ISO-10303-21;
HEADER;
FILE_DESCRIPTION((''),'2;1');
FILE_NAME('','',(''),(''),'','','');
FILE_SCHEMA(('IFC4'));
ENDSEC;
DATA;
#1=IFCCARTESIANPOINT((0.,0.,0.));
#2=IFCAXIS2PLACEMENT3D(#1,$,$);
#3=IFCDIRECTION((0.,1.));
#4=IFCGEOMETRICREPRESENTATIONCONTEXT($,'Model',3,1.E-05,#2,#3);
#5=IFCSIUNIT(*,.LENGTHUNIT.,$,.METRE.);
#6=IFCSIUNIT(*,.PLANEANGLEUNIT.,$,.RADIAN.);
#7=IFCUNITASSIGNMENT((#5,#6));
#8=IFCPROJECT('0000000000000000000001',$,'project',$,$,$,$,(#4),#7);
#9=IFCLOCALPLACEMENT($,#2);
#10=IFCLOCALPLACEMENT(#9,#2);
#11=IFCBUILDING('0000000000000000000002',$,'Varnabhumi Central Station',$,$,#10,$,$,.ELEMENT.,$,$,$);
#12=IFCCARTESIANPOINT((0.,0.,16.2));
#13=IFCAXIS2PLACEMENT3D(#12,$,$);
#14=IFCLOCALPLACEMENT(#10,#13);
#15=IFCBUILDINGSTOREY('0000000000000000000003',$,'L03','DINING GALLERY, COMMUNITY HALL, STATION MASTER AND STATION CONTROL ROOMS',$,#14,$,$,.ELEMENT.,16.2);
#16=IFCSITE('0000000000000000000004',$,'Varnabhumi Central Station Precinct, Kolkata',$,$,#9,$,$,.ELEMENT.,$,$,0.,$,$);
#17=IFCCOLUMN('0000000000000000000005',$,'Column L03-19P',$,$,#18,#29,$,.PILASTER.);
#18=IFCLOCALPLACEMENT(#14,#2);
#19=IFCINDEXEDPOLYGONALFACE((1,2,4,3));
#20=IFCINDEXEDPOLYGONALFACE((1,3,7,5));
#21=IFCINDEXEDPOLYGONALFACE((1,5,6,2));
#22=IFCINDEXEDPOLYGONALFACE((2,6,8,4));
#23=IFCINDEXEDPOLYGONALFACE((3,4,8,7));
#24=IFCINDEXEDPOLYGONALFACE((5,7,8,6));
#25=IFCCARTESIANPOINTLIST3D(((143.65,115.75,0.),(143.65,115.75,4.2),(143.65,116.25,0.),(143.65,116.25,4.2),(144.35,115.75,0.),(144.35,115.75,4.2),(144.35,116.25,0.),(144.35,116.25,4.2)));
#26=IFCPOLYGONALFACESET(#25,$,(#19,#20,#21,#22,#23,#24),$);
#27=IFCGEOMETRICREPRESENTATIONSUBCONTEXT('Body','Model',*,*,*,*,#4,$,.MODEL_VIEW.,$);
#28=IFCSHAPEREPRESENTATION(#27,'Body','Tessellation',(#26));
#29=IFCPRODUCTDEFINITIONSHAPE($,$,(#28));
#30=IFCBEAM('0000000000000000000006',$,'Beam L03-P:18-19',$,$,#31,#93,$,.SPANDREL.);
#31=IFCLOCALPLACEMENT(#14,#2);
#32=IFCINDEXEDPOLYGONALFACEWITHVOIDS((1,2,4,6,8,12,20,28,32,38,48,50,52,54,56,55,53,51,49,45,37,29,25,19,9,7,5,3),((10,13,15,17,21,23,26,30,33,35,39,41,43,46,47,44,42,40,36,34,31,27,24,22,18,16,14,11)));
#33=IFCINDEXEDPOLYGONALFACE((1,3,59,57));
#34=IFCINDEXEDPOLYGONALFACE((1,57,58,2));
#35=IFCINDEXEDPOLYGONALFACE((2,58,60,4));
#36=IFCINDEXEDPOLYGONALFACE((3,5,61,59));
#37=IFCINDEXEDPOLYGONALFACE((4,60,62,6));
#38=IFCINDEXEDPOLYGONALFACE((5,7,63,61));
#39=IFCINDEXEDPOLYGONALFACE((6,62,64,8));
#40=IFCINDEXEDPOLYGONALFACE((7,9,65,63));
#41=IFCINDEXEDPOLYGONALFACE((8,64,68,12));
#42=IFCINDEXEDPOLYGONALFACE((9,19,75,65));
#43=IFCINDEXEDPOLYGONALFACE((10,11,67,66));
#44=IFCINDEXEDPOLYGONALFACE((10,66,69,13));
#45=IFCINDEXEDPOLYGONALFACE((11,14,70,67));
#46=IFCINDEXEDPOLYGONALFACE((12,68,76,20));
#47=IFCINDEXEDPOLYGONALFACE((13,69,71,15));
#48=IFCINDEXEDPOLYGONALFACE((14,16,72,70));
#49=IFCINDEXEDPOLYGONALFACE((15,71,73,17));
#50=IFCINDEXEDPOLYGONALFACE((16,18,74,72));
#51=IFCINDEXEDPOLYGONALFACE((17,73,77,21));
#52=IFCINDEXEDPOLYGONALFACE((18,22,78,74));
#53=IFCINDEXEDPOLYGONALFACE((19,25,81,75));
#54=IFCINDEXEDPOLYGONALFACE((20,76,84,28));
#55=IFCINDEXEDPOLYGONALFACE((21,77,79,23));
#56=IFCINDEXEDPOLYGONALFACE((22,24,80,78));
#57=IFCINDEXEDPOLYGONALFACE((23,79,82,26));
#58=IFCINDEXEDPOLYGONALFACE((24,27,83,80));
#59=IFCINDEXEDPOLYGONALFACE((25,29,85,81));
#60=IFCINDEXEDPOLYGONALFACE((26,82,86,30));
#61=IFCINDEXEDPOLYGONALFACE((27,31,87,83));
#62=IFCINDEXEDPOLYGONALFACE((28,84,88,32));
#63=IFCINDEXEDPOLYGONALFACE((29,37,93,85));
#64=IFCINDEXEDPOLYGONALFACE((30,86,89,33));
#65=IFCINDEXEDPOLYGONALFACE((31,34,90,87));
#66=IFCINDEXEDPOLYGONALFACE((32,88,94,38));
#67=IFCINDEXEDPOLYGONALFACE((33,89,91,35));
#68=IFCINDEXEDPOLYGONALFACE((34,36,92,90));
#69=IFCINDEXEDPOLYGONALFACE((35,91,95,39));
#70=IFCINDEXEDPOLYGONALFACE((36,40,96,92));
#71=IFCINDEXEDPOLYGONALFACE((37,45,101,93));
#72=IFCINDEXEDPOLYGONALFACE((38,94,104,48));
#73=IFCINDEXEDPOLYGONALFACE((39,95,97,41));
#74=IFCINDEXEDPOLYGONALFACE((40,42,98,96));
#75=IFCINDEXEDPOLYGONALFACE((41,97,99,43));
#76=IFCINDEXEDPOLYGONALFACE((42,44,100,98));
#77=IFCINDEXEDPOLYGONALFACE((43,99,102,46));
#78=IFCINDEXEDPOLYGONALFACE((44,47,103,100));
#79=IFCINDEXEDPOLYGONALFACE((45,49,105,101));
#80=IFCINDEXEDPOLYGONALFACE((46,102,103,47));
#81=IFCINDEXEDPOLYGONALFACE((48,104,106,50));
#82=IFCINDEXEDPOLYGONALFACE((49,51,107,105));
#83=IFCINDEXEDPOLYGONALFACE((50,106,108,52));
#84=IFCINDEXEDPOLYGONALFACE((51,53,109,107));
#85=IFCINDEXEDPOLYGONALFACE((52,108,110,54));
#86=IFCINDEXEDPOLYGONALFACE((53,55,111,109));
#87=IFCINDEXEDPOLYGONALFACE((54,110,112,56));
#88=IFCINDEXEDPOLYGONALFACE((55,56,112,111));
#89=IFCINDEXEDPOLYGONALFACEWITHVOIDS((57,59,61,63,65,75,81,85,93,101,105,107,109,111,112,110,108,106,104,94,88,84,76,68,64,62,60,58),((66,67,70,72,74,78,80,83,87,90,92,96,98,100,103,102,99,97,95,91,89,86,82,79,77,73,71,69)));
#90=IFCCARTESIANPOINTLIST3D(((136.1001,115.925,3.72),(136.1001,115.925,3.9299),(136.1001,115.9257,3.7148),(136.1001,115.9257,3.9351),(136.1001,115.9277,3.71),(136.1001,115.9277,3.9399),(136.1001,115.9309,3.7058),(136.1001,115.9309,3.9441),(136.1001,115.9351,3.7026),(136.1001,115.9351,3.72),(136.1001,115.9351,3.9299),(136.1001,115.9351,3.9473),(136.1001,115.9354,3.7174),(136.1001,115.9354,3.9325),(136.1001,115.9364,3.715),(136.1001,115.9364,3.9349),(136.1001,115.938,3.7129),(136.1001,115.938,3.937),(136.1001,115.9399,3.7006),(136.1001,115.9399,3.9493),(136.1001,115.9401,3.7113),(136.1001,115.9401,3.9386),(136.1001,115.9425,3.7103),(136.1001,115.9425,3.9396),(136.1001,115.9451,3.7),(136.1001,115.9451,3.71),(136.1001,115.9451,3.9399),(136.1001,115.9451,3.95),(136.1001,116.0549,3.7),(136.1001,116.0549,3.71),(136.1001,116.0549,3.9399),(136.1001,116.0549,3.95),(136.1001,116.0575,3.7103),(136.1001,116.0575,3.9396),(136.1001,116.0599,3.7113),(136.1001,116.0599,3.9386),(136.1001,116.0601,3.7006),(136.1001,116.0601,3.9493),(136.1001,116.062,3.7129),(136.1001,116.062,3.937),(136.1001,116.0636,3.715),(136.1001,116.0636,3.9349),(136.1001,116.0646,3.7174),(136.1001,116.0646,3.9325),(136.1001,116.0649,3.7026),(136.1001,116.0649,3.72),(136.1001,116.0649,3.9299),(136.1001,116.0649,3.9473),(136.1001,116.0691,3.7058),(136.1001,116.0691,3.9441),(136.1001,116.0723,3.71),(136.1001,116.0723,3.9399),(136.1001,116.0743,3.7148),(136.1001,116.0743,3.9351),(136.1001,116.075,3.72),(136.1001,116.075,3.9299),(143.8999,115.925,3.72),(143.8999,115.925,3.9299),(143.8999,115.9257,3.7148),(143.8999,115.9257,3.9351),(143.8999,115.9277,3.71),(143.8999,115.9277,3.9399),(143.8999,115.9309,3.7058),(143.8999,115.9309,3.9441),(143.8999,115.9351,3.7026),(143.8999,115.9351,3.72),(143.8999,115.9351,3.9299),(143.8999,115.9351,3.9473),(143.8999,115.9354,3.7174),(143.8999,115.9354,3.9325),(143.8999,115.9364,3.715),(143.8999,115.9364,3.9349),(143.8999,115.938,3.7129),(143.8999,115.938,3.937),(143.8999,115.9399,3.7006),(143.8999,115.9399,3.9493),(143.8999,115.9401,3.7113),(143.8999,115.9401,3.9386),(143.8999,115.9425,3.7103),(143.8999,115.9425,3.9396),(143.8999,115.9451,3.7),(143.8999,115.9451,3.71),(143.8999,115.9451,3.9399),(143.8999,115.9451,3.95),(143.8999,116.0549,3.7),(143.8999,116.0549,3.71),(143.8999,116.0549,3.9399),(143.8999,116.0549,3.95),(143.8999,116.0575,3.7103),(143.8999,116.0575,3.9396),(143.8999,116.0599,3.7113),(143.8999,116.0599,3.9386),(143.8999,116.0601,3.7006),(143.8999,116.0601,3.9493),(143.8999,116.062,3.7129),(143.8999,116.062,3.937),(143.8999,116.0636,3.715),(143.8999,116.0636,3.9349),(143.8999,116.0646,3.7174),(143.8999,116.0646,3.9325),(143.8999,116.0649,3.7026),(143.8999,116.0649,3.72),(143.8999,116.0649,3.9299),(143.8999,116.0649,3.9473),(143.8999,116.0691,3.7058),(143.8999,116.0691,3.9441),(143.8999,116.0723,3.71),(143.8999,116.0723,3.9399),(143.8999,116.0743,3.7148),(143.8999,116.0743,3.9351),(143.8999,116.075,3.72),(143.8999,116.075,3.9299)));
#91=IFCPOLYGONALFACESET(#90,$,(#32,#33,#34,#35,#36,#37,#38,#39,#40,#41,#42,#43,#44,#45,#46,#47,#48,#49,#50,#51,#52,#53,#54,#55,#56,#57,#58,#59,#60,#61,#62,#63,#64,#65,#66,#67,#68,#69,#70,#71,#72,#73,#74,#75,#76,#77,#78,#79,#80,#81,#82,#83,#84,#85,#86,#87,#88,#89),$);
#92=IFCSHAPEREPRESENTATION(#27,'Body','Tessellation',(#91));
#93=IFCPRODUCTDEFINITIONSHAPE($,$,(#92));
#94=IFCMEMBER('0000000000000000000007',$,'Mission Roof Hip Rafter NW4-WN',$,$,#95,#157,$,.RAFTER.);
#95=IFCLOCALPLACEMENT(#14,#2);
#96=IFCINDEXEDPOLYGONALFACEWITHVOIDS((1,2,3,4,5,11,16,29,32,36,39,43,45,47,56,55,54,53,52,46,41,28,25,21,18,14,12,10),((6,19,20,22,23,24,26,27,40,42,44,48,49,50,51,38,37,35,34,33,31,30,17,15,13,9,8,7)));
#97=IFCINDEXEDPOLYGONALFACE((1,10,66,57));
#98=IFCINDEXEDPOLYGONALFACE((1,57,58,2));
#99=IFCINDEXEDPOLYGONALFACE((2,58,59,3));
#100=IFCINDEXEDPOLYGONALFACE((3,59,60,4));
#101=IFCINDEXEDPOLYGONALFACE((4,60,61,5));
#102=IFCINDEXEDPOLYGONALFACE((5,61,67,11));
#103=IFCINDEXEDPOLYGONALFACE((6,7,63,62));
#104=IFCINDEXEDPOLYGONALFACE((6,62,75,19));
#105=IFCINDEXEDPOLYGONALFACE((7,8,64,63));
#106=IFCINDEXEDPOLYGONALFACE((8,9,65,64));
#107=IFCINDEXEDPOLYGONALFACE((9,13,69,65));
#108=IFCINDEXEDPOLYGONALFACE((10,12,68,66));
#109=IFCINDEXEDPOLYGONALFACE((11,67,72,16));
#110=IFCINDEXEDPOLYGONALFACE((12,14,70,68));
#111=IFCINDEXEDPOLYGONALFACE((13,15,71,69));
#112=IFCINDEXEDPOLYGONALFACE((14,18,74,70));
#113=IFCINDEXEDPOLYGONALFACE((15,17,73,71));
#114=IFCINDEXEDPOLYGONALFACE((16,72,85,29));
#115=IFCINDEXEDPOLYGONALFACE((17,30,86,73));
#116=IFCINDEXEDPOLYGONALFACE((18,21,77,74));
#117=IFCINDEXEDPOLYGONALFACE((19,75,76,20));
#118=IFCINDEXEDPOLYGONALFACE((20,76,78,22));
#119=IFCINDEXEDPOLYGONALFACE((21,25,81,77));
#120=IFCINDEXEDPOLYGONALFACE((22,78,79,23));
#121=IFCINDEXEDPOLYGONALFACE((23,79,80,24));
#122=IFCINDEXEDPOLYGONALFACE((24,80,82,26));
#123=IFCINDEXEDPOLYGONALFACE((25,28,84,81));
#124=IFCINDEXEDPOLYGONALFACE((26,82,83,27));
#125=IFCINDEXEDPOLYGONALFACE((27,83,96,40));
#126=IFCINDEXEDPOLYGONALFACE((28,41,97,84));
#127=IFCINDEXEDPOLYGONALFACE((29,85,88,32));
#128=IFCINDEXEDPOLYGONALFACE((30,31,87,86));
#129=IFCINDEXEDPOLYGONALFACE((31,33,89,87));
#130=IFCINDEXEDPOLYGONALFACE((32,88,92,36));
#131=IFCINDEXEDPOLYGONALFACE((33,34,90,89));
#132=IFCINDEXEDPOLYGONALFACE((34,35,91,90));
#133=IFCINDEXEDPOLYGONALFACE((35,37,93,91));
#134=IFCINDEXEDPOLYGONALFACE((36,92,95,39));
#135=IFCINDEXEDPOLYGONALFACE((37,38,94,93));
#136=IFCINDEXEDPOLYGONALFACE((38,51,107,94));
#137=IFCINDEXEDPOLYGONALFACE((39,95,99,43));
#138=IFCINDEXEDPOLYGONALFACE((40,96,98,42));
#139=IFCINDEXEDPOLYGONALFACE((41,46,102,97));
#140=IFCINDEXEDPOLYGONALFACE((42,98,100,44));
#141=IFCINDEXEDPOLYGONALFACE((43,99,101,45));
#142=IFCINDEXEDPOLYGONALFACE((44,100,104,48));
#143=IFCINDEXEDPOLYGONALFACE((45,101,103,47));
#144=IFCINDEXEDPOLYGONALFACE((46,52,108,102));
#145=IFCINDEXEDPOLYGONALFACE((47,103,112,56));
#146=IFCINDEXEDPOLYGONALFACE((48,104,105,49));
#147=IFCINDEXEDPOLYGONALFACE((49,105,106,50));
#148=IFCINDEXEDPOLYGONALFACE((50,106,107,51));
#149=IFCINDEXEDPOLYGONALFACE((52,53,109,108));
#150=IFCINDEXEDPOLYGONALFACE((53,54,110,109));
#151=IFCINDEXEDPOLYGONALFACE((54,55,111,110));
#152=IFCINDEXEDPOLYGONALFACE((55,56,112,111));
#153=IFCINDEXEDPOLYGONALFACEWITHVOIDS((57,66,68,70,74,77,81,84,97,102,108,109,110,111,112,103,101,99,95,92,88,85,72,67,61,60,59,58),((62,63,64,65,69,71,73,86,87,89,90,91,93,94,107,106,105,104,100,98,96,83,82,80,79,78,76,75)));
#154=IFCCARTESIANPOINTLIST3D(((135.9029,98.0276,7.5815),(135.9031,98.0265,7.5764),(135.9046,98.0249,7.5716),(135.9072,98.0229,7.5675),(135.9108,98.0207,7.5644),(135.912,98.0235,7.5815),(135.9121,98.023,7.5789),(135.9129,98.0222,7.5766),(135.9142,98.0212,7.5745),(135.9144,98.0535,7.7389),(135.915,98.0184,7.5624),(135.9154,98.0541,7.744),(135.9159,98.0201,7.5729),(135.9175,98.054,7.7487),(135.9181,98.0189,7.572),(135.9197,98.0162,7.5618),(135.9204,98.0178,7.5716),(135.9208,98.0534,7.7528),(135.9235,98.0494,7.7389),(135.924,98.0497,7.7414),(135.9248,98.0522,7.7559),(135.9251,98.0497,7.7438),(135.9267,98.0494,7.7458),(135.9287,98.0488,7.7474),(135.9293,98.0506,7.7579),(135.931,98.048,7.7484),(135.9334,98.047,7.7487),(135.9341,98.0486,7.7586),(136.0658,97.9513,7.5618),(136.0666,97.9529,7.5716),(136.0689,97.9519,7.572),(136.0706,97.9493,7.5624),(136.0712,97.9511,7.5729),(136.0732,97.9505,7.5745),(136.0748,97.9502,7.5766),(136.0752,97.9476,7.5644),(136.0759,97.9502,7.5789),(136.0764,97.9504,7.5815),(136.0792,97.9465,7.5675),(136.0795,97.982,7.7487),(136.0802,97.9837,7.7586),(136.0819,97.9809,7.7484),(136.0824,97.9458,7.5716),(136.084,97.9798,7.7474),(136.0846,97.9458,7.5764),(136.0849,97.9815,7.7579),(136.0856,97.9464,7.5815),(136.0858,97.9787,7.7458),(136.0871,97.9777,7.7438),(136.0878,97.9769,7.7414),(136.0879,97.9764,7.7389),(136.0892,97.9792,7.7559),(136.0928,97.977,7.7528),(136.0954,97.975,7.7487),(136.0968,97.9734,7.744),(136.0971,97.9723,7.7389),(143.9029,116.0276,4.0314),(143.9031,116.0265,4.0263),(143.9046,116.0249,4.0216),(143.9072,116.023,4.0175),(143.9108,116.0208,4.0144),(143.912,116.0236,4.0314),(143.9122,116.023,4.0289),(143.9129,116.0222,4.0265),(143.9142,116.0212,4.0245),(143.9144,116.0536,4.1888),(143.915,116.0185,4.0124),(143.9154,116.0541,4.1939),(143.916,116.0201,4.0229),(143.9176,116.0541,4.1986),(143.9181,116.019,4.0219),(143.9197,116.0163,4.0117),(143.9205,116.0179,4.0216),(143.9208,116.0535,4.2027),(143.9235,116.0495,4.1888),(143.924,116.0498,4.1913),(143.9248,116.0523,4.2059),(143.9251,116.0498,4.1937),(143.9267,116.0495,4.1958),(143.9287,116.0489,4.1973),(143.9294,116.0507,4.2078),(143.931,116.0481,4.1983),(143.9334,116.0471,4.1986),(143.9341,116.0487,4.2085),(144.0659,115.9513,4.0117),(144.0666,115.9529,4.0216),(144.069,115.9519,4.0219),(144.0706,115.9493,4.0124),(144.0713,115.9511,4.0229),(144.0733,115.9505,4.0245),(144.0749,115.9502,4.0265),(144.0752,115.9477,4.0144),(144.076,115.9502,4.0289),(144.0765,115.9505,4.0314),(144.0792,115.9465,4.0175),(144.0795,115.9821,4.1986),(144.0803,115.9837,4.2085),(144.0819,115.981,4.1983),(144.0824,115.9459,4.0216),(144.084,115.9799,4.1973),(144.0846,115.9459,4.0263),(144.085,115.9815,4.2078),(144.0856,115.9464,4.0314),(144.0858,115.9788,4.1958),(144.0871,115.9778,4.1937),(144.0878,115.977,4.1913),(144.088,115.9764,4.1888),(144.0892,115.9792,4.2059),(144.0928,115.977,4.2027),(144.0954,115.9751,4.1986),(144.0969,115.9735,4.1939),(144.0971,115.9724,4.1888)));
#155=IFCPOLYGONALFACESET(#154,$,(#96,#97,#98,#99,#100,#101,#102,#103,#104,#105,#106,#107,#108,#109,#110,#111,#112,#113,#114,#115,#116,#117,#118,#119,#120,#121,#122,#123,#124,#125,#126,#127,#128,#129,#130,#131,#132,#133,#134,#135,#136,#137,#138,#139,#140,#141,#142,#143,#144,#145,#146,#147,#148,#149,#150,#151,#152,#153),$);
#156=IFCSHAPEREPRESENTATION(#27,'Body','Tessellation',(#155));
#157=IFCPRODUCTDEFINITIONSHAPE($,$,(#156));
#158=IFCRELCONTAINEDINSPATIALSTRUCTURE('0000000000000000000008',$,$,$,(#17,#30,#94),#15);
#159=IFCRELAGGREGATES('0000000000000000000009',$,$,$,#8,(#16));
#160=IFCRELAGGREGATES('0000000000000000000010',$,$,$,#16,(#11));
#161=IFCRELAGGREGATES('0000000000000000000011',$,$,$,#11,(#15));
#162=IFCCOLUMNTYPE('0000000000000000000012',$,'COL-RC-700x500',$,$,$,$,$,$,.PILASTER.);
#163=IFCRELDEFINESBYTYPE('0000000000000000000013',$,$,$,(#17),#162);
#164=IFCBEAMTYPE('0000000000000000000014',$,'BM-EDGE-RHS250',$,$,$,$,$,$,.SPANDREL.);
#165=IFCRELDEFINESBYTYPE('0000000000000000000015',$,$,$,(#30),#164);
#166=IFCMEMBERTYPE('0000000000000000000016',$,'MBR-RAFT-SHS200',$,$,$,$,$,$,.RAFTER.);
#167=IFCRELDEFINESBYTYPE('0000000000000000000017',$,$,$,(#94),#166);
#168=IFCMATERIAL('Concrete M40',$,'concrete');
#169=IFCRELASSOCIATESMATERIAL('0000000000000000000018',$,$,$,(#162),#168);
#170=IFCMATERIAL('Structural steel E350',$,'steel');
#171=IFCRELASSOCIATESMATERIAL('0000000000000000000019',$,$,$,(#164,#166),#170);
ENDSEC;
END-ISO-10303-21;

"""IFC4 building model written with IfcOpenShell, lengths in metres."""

from ifc_helpers import new_model, si_unit, direction, frame, origin, origin_2d, place, context, subcontext, project, spatial, rectangle, hollow_rectangle, extrude, material, material_profile, profile_set, type_object, element, save


model = new_model("IFC4")

# Units and contexts
model_context = context("Model", 3, precision=1e-05, world=origin(), true_north=direction((0.0, 1.0)))
body_context = subcontext(model_context, "Body", "Model", "MODEL_VIEW")
ifc_project = project(units=[si_unit("LENGTHUNIT", "METRE"), si_unit("PLANEANGLEUNIT", "RADIAN")], contexts=[model_context])

# Site, building, storey
site_placement = place(None, origin())
site = spatial("IfcSite", under=ifc_project, at=site_placement, Name="Varnabhumi Central Station Precinct, Kolkata", CompositionType="ELEMENT", RefElevation=0.0)
building_placement = place(site_placement, origin())
building = spatial("IfcBuilding", under=site, at=building_placement, Name="Varnabhumi Central Station", CompositionType="ELEMENT")
storey_placement = place(building_placement, frame((0.0, 0.0, 16.2)))
storey = spatial("IfcBuildingStorey", under=building, at=storey_placement, Name="L03", Description="DINING GALLERY, COMMUNITY HALL, STATION MASTER AND STATION CONTROL ROOMS", CompositionType="ELEMENT", Elevation=16.2)

# Column
ifc_material_1 = material(Name="Concrete M40", Category="concrete")
ifc_material_profile_1 = material_profile(ifc_material_1, rectangle(XDim=0.7, YDim=0.5, at=origin_2d()), Name="Concrete M40", Category="concrete")
ifc_profile_set_1 = profile_set([ifc_material_profile_1], Name="Concrete M40")
column_type = type_object("IfcColumnType", Name="COL-RC-700x500", PredefinedType="PILASTER", material=ifc_profile_set_1)
column_placement = place(storey_placement, frame((144.0, 116.0, 0.0), z_axis=(0.0, 0.0, 1.0), x_axis=(1.0, 0.0, 0.0)))
element("IfcColumn", 1, at=column_placement, inside=storey, type_object=column_type, Name="Column L03-19P", PredefinedType="PILASTER", context=body_context, shape_type="SweptSolid", body=[
    extrude(rectangle(XDim=0.7, YDim=0.5, at=origin_2d()), origin(), (0.0, 0.0, 1.0), 4.2),
])

# Beam
ifc_material_2 = material(Name="Structural steel E350", Category="steel")
ifc_material_profile_2 = material_profile(ifc_material_2, hollow_rectangle(XDim=0.1499, YDim=0.25, WallThickness=0.01, InnerFilletRadius=0.01, OuterFilletRadius=0.02, at=origin_2d()), Name="Structural steel E350", Category="steel")
ifc_profile_set_2 = profile_set([ifc_material_profile_2], Name="Structural steel E350")
beam_type = type_object("IfcBeamType", Name="BM-EDGE-RHS250", PredefinedType="SPANDREL", material=ifc_profile_set_2)
beam_placement = place(storey_placement, frame((136.1001, 116.0, 3.825), z_axis=(1.0, 0.0, 0.0), x_axis=(0.0, 1.0, 0.0)))
element("IfcBeam", 2, at=beam_placement, inside=storey, type_object=beam_type, Name="Beam L03-P:18-19", PredefinedType="SPANDREL", context=body_context, shape_type="SweptSolid", body=[
    extrude(hollow_rectangle(XDim=0.1499, YDim=0.25, WallThickness=0.01, InnerFilletRadius=0.01, OuterFilletRadius=0.02, at=origin_2d()), origin(), (0.0, 0.0, 1.0), 7.7998),
])

# Member
ifc_material_profile_3 = material_profile(ifc_material_2, hollow_rectangle(XDim=0.2, YDim=0.2, WallThickness=0.01, InnerFilletRadius=0.01, OuterFilletRadius=0.02, at=origin_2d()), Name="Structural steel E350", Category="steel")
ifc_profile_set_3 = profile_set([ifc_material_profile_3], Name="Structural steel E350")
member_type = type_object("IfcMemberType", Name="MBR-RAFT-SHS200", PredefinedType="RAFTER", material=ifc_profile_set_3)
member_1_placement = place(storey_placement, frame((144.0, 116.0, 4.1101), z_axis=(-0.399699, -0.899323, 0.177369), x_axis=(0.913812, -0.406138, 0.0)))
element("IfcMember", 3, at=member_1_placement, inside=storey, type_object=member_type, Name="Mission Roof Hip Rafter NW4-WN", PredefinedType="RAFTER", context=body_context, shape_type="SweptSolid", body=[
    extrude(hollow_rectangle(XDim=0.2, YDim=0.2, WallThickness=0.01, InnerFilletRadius=0.01, OuterFilletRadius=0.02, at=origin_2d()), origin(), (0.0, 0.0, 1.0), 20.0151),
])

save(model, "model.ifc")
